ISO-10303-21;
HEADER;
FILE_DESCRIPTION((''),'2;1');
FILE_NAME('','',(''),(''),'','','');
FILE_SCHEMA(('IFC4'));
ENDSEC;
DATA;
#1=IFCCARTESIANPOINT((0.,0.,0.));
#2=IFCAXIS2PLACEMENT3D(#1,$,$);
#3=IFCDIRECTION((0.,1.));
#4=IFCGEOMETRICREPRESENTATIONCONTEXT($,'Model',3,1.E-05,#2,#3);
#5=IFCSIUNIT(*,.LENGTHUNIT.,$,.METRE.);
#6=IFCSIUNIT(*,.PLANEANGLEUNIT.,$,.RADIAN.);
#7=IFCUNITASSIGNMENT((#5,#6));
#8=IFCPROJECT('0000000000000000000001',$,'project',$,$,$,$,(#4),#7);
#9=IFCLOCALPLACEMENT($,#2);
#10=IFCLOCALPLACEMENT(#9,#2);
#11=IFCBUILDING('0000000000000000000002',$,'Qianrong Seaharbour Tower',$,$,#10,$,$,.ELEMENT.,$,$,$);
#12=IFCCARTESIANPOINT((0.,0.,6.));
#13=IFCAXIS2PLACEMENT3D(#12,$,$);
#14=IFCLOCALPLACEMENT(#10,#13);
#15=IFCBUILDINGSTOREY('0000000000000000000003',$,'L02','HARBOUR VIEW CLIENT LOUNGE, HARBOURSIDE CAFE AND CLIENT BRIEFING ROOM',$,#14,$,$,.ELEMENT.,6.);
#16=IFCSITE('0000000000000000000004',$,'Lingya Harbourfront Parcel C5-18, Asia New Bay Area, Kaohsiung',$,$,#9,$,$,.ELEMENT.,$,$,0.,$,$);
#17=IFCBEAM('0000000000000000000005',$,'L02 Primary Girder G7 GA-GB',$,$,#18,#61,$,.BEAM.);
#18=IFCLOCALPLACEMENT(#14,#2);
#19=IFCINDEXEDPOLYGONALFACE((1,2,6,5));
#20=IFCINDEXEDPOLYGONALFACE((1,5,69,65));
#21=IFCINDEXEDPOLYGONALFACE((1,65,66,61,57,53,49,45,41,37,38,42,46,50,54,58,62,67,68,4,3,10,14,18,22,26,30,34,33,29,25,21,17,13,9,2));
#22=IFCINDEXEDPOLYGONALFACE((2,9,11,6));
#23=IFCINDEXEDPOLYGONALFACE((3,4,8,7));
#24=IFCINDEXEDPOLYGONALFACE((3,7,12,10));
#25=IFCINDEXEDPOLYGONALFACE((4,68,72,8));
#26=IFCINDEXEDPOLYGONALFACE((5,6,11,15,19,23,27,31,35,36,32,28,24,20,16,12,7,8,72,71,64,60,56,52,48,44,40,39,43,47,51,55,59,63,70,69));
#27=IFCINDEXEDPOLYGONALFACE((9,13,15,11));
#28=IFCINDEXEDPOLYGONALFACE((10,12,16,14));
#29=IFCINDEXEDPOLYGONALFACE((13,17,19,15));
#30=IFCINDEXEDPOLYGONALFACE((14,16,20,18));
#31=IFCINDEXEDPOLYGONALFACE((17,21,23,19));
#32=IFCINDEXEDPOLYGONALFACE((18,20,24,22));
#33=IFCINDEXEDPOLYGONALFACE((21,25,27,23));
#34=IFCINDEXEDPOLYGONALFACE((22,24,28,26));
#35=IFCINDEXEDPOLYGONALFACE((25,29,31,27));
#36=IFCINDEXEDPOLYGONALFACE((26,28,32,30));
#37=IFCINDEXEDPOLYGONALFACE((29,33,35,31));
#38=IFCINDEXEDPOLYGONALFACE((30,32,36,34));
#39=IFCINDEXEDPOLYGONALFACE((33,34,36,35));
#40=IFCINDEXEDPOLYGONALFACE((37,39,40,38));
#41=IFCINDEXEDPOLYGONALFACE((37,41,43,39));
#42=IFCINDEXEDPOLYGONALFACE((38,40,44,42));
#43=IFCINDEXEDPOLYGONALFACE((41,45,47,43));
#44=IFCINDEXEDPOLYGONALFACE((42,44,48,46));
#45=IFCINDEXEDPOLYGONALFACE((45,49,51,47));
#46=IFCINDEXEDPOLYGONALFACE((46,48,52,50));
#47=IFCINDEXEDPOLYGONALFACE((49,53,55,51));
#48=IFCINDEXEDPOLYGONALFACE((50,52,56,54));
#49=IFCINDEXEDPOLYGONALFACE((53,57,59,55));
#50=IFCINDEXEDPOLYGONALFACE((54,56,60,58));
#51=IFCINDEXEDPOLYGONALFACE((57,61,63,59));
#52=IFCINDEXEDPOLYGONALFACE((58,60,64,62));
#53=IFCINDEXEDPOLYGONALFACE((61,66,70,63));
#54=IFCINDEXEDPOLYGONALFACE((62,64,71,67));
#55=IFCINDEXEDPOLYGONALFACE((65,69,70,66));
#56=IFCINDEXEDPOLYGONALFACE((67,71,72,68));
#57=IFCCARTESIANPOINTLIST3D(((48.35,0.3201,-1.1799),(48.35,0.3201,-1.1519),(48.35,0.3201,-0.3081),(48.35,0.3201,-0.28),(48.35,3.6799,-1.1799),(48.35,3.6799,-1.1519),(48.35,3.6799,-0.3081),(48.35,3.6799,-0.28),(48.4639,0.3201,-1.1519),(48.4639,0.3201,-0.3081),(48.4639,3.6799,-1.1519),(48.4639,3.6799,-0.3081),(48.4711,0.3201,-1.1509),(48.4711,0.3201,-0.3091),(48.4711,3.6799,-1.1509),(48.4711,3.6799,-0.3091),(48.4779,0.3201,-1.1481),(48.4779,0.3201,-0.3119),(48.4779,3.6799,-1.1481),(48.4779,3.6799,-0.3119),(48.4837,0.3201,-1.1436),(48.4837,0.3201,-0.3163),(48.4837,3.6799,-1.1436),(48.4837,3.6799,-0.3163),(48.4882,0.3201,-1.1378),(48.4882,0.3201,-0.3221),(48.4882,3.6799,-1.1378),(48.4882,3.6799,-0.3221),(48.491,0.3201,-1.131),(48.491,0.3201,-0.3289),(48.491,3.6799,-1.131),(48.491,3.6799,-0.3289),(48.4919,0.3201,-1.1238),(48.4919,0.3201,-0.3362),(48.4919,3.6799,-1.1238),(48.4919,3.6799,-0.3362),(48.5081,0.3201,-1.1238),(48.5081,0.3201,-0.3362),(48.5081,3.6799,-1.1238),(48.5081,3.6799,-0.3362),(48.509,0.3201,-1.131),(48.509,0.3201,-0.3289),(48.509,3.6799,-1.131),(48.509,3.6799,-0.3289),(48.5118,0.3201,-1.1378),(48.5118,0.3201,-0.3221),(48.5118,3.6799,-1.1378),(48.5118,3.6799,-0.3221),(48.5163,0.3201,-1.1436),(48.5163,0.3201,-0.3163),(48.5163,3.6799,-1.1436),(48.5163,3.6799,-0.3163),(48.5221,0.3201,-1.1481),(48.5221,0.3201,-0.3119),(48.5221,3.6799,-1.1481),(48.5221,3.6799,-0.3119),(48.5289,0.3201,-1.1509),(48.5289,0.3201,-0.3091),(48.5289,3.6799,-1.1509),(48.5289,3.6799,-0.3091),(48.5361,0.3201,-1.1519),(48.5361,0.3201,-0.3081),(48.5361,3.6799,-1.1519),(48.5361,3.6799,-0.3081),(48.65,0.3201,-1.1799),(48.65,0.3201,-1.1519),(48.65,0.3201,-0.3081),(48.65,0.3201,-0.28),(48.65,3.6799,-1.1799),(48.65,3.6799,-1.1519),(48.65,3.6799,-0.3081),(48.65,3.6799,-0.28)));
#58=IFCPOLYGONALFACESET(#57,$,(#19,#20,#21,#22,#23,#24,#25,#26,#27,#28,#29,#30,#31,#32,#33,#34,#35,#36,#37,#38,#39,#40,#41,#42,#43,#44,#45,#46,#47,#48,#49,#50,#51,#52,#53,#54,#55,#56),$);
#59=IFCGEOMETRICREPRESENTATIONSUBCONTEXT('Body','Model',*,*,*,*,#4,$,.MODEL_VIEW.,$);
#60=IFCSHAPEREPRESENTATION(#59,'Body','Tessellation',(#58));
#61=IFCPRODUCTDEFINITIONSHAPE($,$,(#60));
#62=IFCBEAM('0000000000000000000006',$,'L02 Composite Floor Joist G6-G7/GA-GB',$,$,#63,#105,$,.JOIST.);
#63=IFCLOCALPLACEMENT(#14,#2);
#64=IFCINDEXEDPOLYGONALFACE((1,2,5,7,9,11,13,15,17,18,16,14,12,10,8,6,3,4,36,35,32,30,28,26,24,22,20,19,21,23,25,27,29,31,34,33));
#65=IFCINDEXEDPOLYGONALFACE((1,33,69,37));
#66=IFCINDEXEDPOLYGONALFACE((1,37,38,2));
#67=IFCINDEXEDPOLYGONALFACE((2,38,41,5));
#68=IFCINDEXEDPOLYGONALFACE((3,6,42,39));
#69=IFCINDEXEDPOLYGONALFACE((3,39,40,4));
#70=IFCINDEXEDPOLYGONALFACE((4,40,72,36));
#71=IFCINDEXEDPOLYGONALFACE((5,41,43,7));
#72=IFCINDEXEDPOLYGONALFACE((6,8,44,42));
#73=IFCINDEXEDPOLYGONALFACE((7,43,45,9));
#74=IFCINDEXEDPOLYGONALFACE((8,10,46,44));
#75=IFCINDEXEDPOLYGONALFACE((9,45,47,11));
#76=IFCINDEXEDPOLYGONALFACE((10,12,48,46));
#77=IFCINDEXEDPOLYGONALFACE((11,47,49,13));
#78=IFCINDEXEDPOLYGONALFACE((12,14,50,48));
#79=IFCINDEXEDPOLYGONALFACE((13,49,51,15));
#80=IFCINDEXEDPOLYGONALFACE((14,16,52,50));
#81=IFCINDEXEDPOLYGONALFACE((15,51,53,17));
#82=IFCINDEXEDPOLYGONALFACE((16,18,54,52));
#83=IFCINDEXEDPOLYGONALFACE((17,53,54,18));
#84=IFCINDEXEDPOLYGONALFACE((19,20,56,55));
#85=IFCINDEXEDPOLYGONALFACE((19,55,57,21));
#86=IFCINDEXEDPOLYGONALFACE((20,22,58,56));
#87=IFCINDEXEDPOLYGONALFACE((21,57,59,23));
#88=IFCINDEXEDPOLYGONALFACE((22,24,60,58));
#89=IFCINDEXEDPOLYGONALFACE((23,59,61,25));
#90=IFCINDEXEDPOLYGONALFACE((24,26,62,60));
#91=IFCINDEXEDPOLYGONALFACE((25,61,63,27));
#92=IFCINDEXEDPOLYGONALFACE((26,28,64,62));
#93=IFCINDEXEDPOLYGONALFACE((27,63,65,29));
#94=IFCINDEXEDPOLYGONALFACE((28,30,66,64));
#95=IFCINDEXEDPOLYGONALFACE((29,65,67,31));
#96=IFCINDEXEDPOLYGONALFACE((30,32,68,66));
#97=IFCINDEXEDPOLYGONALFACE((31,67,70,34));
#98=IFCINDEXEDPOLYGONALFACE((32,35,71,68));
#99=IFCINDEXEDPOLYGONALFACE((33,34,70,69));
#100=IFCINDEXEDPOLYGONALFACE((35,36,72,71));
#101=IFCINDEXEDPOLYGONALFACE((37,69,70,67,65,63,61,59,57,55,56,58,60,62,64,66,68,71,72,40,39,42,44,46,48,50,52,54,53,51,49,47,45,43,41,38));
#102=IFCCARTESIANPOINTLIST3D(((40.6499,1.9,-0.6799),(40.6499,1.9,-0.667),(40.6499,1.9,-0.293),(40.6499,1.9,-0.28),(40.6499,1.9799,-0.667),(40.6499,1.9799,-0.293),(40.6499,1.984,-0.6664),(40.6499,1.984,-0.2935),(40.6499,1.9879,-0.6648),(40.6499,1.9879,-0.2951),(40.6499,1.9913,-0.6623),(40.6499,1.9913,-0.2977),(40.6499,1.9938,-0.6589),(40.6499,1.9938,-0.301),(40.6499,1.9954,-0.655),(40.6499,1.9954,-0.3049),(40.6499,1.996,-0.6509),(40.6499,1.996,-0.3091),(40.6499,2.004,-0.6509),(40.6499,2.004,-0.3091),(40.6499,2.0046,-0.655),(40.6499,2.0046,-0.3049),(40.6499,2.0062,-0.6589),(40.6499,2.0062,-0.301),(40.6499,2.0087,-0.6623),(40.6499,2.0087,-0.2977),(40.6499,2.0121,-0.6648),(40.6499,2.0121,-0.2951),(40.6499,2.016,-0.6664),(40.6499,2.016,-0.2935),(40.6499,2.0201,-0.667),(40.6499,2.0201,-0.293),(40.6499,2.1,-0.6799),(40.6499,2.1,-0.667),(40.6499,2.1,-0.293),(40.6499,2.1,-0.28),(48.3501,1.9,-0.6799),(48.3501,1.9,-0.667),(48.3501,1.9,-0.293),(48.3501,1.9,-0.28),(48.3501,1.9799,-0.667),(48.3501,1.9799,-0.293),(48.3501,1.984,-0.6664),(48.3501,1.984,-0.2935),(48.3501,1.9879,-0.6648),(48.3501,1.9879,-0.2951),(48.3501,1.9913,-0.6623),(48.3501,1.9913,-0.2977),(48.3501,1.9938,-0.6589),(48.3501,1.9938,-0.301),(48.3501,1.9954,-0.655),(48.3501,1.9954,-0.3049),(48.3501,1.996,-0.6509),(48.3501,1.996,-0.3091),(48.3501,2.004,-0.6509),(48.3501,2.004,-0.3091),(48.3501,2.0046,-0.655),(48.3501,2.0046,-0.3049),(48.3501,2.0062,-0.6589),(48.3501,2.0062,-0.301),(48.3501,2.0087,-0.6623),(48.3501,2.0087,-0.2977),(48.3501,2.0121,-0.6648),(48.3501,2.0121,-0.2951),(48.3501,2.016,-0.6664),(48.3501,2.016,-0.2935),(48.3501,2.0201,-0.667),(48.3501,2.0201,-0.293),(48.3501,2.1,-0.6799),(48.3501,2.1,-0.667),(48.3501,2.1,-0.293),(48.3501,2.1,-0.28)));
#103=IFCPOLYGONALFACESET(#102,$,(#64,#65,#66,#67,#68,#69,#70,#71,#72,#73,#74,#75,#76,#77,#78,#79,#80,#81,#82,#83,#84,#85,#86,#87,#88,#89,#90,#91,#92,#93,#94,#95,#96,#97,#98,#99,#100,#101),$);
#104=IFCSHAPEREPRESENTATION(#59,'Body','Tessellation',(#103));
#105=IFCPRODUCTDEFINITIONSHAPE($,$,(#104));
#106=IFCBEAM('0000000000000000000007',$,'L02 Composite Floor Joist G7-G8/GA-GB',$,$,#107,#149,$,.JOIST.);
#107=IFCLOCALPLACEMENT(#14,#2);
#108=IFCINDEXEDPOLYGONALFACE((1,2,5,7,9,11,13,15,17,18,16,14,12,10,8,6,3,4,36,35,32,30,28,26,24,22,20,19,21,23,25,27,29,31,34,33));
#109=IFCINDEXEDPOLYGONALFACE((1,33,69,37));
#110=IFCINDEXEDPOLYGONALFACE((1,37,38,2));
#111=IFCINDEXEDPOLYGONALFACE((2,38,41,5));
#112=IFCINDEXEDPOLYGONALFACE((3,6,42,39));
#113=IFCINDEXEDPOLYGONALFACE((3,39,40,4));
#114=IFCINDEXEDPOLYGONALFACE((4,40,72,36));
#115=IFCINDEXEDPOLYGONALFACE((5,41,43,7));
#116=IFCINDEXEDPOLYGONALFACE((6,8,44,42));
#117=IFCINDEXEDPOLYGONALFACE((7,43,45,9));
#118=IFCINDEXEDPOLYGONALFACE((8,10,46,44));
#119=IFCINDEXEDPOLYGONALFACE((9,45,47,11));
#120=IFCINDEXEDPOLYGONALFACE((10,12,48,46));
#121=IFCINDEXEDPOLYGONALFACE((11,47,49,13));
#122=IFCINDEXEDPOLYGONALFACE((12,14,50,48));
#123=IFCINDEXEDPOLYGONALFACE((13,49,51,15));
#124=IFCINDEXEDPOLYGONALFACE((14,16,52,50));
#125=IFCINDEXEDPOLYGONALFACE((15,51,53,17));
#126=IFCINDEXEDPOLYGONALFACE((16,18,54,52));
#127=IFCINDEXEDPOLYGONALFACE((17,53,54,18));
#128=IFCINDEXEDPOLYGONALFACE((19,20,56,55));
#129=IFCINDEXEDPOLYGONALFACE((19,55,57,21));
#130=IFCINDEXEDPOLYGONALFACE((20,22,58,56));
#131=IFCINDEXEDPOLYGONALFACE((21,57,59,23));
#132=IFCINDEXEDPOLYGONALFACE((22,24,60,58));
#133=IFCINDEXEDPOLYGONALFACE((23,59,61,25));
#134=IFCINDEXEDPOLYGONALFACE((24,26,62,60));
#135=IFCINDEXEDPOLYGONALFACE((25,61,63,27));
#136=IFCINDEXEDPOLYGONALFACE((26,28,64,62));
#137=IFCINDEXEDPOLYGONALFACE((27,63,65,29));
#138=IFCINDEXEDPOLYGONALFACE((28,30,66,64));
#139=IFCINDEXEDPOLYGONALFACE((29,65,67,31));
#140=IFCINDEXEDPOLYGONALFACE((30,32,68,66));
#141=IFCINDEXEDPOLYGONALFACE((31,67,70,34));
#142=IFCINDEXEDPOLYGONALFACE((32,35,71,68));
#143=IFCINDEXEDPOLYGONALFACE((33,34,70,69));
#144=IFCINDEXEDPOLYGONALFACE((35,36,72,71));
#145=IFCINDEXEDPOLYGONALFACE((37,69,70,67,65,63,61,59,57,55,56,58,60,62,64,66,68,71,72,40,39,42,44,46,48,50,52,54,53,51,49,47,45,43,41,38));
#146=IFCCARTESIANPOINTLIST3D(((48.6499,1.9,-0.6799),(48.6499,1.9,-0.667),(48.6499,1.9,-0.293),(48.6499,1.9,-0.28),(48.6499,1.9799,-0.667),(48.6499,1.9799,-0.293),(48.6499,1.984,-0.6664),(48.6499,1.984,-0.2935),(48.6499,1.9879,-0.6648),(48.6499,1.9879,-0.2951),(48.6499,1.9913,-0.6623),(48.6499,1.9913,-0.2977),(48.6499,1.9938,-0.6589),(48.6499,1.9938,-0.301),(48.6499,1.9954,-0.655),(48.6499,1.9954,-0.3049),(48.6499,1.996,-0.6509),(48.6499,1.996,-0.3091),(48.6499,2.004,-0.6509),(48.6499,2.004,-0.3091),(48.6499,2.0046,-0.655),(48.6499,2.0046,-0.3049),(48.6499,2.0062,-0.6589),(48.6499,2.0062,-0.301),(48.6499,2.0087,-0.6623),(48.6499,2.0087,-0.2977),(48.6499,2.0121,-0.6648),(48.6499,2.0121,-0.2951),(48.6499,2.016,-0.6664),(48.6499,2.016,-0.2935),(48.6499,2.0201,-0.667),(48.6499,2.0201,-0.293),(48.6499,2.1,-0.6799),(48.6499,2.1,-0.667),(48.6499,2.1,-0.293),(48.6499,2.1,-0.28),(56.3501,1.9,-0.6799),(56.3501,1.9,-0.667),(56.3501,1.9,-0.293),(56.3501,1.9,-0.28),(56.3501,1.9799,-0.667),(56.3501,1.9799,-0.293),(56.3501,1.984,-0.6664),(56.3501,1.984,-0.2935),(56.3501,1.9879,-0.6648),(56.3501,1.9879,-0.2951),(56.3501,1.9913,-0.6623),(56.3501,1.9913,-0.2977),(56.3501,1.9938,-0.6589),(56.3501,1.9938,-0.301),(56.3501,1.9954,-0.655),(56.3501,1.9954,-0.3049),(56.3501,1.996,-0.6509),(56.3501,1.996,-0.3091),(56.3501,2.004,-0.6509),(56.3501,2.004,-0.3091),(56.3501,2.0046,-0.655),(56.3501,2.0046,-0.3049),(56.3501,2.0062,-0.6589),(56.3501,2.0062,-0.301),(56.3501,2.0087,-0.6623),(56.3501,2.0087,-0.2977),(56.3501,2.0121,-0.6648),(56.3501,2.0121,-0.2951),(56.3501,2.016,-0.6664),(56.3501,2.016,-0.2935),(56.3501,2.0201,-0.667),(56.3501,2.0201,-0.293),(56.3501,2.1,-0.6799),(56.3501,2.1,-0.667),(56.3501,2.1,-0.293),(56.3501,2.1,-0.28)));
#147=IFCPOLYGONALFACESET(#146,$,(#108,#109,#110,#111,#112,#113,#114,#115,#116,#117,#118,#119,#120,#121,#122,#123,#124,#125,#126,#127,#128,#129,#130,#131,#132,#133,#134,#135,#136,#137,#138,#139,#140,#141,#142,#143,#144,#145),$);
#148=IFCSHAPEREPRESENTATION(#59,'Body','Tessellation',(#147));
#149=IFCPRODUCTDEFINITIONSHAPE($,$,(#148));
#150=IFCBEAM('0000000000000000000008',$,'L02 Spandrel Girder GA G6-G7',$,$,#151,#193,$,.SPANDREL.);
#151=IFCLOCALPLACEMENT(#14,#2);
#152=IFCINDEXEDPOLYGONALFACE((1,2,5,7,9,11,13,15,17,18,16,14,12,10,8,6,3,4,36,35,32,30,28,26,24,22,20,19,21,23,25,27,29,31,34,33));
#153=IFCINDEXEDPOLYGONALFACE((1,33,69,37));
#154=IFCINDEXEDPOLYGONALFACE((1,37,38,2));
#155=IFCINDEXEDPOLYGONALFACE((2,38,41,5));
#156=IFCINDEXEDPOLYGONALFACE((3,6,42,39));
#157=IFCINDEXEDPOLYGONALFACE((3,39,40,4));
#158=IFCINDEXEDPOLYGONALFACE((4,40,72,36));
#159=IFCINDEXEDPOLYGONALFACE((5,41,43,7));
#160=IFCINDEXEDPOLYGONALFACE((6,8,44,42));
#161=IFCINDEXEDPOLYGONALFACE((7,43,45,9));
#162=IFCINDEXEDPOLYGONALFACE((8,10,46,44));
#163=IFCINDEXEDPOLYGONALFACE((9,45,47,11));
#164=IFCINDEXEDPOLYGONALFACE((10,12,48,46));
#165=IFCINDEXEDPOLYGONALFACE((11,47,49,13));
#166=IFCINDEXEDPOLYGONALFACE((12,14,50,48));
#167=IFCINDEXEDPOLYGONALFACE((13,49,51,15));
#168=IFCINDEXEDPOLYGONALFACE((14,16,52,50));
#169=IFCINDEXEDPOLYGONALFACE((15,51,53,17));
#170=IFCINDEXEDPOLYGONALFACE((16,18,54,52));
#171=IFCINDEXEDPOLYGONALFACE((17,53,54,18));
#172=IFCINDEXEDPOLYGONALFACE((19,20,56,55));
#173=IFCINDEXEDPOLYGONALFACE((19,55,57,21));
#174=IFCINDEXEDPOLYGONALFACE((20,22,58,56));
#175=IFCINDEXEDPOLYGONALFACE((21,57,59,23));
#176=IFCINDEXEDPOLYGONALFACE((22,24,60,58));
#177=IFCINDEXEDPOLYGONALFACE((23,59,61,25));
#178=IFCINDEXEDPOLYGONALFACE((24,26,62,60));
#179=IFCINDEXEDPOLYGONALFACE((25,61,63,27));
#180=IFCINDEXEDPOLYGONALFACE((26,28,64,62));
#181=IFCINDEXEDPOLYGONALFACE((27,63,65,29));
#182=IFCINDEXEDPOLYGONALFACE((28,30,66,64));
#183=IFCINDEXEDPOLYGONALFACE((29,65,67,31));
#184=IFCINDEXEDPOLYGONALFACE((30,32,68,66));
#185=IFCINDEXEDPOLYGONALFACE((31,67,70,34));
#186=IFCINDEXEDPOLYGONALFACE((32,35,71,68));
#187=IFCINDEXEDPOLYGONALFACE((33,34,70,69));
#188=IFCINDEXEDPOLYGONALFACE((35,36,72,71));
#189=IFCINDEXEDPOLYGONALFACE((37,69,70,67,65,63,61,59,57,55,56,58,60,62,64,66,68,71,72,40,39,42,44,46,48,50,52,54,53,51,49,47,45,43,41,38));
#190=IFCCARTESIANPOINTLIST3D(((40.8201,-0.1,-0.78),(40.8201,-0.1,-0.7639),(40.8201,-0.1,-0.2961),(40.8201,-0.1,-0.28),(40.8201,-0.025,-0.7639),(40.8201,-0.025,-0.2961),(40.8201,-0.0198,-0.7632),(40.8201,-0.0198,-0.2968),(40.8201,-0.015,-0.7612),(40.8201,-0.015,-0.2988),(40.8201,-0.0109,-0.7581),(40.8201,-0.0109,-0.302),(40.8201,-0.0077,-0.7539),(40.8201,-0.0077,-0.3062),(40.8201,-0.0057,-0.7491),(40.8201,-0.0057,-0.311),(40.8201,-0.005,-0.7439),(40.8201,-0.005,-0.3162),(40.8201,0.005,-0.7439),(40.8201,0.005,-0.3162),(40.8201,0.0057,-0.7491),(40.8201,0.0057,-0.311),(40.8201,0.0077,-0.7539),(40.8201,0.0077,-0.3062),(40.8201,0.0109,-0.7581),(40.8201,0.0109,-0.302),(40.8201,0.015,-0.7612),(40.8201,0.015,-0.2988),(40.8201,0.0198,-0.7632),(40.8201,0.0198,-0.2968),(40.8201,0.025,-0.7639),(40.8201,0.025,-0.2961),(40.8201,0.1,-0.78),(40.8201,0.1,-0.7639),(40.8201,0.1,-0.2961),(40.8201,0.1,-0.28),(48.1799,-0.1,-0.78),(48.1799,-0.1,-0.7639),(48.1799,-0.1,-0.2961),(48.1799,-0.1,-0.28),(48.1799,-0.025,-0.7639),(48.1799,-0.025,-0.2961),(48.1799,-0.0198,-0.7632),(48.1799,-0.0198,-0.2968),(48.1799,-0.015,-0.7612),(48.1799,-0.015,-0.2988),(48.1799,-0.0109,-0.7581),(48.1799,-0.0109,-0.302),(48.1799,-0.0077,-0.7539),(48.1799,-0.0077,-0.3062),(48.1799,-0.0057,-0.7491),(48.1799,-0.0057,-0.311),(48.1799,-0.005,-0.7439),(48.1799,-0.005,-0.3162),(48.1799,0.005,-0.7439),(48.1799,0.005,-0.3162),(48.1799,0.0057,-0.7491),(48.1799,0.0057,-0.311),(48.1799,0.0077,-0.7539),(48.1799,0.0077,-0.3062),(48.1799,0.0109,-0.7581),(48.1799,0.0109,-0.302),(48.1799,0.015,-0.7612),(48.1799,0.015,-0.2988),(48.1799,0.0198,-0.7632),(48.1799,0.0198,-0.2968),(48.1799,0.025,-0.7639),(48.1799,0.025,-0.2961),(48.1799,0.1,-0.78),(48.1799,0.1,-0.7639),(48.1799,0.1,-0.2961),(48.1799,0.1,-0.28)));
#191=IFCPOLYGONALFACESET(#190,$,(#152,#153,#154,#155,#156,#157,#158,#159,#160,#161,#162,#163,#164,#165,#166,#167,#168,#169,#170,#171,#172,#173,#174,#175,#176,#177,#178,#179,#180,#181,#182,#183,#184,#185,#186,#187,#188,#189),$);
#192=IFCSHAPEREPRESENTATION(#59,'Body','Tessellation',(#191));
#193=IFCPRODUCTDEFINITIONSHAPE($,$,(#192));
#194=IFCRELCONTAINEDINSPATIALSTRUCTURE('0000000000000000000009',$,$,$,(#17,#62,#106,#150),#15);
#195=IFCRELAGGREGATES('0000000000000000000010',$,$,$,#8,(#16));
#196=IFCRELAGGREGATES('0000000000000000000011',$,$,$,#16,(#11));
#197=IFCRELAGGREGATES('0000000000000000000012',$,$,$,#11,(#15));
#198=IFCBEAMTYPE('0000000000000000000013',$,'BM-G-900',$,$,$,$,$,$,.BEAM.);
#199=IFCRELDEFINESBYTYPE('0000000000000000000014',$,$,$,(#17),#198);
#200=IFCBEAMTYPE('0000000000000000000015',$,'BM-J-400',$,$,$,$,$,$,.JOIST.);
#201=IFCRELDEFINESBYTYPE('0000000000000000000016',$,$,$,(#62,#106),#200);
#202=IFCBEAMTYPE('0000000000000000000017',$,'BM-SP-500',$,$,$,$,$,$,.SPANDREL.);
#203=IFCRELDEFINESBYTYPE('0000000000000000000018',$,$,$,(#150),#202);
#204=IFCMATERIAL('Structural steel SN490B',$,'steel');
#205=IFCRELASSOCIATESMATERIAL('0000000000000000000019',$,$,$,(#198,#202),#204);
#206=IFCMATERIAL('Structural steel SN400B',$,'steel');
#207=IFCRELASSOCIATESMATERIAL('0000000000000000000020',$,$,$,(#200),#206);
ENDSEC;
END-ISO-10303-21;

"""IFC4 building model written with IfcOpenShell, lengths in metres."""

from ifc_helpers import new_model, si_unit, direction, frame, origin, origin_2d, place, context, subcontext, project, spatial, i_section, extrude, material, material_profile, profile_set, type_object, element, save


model = new_model("IFC4")

# Units and contexts
model_context = context("Model", 3, precision=1e-05, world=origin(), true_north=direction((0.0, 1.0)))
body_context = subcontext(model_context, "Body", "Model", "MODEL_VIEW")
ifc_project = project(units=[si_unit("LENGTHUNIT", "METRE"), si_unit("PLANEANGLEUNIT", "RADIAN")], contexts=[model_context])

# Site, building, storey
site_placement = place(None, origin())
site = spatial("IfcSite", under=ifc_project, at=site_placement, Name="Lingya Harbourfront Parcel C5-18, Asia New Bay Area, Kaohsiung", CompositionType="ELEMENT", RefElevation=0.0)
building_placement = place(site_placement, origin())
building = spatial("IfcBuilding", under=site, at=building_placement, Name="Qianrong Seaharbour Tower", CompositionType="ELEMENT")
storey_placement = place(building_placement, frame((0.0, 0.0, 6.0)))
storey = spatial("IfcBuildingStorey", under=building, at=storey_placement, Name="L02", Description="HARBOUR VIEW CLIENT LOUNGE, HARBOURSIDE CAFE AND CLIENT BRIEFING ROOM", CompositionType="ELEMENT", Elevation=6.0)

# Beams
ifc_material_1 = material(Name="Structural steel SN490B", Category="steel")
ifc_material_profile_1 = material_profile(ifc_material_1, i_section(OverallWidth=0.3, OverallDepth=0.8999, WebThickness=0.0161, FlangeThickness=0.0281, FilletRadius=0.0281, at=origin_2d()), Name="H900x300x16x28")
ifc_profile_set_1 = profile_set([ifc_material_profile_1], Name="Structural steel SN490B")
beam_type_1 = type_object("IfcBeamType", Name="BM-G-900", PredefinedType="BEAM", material=ifc_profile_set_1)
for number, where, z_axis, x_axis, name in (
    (1, (48.5, 0.3201, -0.73), (0.0, 1.0, 0.0), (-1.0, 0.0, 0.0), "L02 Primary Girder G7 GA-GB"),
):
    element("IfcBeam", number, at=place(storey_placement, frame(where, z_axis=z_axis, x_axis=x_axis)), inside=storey, type_object=beam_type_1, Name=name, PredefinedType="BEAM", context=body_context, shape_type="SweptSolid", body=[
        extrude(i_section(OverallWidth=0.3, OverallDepth=0.8999, WebThickness=0.0161, FlangeThickness=0.0281, FilletRadius=0.0281, at=origin_2d()), origin(), (0.0, 0.0, 1.0), 3.3599),
    ])
ifc_material_2 = material(Name="Structural steel SN400B", Category="steel")
ifc_material_profile_2 = material_profile(ifc_material_2, i_section(OverallWidth=0.2, OverallDepth=0.3999, WebThickness=0.0081, FlangeThickness=0.0129, FilletRadius=0.0161, at=origin_2d()), Name="H400x200x8x13")
ifc_profile_set_2 = profile_set([ifc_material_profile_2], Name="Structural steel SN400B")
beam_type_2 = type_object("IfcBeamType", Name="BM-J-400", PredefinedType="JOIST", material=ifc_profile_set_2)
for number, where, z_axis, x_axis, name in (
    (2, (40.6499, 2.0, -0.48), (1.0, 0.0, 0.0), (0.0, 1.0, 0.0), "L02 Composite Floor Joist G6-G7/GA-GB"),
    (3, (48.6499, 2.0, -0.48), (1.0, 0.0, 0.0), (0.0, 1.0, 0.0), "L02 Composite Floor Joist G7-G8/GA-GB"),
):
    element("IfcBeam", number, at=place(storey_placement, frame(where, z_axis=z_axis, x_axis=x_axis)), inside=storey, type_object=beam_type_2, Name=name, PredefinedType="JOIST", context=body_context, shape_type="SweptSolid", body=[
        extrude(i_section(OverallWidth=0.2, OverallDepth=0.3999, WebThickness=0.0081, FlangeThickness=0.0129, FilletRadius=0.0161, at=origin_2d()), origin(), (0.0, 0.0, 1.0), 7.7002),
    ])
ifc_material_profile_3 = material_profile(ifc_material_1, i_section(OverallWidth=0.2, OverallDepth=0.5, WebThickness=0.01, FlangeThickness=0.0161, FilletRadius=0.02, at=origin_2d()), Name="H500x200x10x16")
ifc_profile_set_3 = profile_set([ifc_material_profile_3], Name="Structural steel SN490B")
beam_type_3 = type_object("IfcBeamType", Name="BM-SP-500", PredefinedType="SPANDREL", material=ifc_profile_set_3)
for number, where, z_axis, x_axis, name in (
    (4, (40.8201, 0.0, -0.53), (1.0, 0.0, 0.0), (0.0, 1.0, 0.0), "L02 Spandrel Girder GA G6-G7"),
):
    element("IfcBeam", number, at=place(storey_placement, frame(where, z_axis=z_axis, x_axis=x_axis)), inside=storey, type_object=beam_type_3, Name=name, PredefinedType="SPANDREL", context=body_context, shape_type="SweptSolid", body=[
        extrude(i_section(OverallWidth=0.2, OverallDepth=0.5, WebThickness=0.01, FlangeThickness=0.0161, FilletRadius=0.02, at=origin_2d()), origin(), (0.0, 0.0, 1.0), 7.3599),
    ])

save(model, "model.ifc")
